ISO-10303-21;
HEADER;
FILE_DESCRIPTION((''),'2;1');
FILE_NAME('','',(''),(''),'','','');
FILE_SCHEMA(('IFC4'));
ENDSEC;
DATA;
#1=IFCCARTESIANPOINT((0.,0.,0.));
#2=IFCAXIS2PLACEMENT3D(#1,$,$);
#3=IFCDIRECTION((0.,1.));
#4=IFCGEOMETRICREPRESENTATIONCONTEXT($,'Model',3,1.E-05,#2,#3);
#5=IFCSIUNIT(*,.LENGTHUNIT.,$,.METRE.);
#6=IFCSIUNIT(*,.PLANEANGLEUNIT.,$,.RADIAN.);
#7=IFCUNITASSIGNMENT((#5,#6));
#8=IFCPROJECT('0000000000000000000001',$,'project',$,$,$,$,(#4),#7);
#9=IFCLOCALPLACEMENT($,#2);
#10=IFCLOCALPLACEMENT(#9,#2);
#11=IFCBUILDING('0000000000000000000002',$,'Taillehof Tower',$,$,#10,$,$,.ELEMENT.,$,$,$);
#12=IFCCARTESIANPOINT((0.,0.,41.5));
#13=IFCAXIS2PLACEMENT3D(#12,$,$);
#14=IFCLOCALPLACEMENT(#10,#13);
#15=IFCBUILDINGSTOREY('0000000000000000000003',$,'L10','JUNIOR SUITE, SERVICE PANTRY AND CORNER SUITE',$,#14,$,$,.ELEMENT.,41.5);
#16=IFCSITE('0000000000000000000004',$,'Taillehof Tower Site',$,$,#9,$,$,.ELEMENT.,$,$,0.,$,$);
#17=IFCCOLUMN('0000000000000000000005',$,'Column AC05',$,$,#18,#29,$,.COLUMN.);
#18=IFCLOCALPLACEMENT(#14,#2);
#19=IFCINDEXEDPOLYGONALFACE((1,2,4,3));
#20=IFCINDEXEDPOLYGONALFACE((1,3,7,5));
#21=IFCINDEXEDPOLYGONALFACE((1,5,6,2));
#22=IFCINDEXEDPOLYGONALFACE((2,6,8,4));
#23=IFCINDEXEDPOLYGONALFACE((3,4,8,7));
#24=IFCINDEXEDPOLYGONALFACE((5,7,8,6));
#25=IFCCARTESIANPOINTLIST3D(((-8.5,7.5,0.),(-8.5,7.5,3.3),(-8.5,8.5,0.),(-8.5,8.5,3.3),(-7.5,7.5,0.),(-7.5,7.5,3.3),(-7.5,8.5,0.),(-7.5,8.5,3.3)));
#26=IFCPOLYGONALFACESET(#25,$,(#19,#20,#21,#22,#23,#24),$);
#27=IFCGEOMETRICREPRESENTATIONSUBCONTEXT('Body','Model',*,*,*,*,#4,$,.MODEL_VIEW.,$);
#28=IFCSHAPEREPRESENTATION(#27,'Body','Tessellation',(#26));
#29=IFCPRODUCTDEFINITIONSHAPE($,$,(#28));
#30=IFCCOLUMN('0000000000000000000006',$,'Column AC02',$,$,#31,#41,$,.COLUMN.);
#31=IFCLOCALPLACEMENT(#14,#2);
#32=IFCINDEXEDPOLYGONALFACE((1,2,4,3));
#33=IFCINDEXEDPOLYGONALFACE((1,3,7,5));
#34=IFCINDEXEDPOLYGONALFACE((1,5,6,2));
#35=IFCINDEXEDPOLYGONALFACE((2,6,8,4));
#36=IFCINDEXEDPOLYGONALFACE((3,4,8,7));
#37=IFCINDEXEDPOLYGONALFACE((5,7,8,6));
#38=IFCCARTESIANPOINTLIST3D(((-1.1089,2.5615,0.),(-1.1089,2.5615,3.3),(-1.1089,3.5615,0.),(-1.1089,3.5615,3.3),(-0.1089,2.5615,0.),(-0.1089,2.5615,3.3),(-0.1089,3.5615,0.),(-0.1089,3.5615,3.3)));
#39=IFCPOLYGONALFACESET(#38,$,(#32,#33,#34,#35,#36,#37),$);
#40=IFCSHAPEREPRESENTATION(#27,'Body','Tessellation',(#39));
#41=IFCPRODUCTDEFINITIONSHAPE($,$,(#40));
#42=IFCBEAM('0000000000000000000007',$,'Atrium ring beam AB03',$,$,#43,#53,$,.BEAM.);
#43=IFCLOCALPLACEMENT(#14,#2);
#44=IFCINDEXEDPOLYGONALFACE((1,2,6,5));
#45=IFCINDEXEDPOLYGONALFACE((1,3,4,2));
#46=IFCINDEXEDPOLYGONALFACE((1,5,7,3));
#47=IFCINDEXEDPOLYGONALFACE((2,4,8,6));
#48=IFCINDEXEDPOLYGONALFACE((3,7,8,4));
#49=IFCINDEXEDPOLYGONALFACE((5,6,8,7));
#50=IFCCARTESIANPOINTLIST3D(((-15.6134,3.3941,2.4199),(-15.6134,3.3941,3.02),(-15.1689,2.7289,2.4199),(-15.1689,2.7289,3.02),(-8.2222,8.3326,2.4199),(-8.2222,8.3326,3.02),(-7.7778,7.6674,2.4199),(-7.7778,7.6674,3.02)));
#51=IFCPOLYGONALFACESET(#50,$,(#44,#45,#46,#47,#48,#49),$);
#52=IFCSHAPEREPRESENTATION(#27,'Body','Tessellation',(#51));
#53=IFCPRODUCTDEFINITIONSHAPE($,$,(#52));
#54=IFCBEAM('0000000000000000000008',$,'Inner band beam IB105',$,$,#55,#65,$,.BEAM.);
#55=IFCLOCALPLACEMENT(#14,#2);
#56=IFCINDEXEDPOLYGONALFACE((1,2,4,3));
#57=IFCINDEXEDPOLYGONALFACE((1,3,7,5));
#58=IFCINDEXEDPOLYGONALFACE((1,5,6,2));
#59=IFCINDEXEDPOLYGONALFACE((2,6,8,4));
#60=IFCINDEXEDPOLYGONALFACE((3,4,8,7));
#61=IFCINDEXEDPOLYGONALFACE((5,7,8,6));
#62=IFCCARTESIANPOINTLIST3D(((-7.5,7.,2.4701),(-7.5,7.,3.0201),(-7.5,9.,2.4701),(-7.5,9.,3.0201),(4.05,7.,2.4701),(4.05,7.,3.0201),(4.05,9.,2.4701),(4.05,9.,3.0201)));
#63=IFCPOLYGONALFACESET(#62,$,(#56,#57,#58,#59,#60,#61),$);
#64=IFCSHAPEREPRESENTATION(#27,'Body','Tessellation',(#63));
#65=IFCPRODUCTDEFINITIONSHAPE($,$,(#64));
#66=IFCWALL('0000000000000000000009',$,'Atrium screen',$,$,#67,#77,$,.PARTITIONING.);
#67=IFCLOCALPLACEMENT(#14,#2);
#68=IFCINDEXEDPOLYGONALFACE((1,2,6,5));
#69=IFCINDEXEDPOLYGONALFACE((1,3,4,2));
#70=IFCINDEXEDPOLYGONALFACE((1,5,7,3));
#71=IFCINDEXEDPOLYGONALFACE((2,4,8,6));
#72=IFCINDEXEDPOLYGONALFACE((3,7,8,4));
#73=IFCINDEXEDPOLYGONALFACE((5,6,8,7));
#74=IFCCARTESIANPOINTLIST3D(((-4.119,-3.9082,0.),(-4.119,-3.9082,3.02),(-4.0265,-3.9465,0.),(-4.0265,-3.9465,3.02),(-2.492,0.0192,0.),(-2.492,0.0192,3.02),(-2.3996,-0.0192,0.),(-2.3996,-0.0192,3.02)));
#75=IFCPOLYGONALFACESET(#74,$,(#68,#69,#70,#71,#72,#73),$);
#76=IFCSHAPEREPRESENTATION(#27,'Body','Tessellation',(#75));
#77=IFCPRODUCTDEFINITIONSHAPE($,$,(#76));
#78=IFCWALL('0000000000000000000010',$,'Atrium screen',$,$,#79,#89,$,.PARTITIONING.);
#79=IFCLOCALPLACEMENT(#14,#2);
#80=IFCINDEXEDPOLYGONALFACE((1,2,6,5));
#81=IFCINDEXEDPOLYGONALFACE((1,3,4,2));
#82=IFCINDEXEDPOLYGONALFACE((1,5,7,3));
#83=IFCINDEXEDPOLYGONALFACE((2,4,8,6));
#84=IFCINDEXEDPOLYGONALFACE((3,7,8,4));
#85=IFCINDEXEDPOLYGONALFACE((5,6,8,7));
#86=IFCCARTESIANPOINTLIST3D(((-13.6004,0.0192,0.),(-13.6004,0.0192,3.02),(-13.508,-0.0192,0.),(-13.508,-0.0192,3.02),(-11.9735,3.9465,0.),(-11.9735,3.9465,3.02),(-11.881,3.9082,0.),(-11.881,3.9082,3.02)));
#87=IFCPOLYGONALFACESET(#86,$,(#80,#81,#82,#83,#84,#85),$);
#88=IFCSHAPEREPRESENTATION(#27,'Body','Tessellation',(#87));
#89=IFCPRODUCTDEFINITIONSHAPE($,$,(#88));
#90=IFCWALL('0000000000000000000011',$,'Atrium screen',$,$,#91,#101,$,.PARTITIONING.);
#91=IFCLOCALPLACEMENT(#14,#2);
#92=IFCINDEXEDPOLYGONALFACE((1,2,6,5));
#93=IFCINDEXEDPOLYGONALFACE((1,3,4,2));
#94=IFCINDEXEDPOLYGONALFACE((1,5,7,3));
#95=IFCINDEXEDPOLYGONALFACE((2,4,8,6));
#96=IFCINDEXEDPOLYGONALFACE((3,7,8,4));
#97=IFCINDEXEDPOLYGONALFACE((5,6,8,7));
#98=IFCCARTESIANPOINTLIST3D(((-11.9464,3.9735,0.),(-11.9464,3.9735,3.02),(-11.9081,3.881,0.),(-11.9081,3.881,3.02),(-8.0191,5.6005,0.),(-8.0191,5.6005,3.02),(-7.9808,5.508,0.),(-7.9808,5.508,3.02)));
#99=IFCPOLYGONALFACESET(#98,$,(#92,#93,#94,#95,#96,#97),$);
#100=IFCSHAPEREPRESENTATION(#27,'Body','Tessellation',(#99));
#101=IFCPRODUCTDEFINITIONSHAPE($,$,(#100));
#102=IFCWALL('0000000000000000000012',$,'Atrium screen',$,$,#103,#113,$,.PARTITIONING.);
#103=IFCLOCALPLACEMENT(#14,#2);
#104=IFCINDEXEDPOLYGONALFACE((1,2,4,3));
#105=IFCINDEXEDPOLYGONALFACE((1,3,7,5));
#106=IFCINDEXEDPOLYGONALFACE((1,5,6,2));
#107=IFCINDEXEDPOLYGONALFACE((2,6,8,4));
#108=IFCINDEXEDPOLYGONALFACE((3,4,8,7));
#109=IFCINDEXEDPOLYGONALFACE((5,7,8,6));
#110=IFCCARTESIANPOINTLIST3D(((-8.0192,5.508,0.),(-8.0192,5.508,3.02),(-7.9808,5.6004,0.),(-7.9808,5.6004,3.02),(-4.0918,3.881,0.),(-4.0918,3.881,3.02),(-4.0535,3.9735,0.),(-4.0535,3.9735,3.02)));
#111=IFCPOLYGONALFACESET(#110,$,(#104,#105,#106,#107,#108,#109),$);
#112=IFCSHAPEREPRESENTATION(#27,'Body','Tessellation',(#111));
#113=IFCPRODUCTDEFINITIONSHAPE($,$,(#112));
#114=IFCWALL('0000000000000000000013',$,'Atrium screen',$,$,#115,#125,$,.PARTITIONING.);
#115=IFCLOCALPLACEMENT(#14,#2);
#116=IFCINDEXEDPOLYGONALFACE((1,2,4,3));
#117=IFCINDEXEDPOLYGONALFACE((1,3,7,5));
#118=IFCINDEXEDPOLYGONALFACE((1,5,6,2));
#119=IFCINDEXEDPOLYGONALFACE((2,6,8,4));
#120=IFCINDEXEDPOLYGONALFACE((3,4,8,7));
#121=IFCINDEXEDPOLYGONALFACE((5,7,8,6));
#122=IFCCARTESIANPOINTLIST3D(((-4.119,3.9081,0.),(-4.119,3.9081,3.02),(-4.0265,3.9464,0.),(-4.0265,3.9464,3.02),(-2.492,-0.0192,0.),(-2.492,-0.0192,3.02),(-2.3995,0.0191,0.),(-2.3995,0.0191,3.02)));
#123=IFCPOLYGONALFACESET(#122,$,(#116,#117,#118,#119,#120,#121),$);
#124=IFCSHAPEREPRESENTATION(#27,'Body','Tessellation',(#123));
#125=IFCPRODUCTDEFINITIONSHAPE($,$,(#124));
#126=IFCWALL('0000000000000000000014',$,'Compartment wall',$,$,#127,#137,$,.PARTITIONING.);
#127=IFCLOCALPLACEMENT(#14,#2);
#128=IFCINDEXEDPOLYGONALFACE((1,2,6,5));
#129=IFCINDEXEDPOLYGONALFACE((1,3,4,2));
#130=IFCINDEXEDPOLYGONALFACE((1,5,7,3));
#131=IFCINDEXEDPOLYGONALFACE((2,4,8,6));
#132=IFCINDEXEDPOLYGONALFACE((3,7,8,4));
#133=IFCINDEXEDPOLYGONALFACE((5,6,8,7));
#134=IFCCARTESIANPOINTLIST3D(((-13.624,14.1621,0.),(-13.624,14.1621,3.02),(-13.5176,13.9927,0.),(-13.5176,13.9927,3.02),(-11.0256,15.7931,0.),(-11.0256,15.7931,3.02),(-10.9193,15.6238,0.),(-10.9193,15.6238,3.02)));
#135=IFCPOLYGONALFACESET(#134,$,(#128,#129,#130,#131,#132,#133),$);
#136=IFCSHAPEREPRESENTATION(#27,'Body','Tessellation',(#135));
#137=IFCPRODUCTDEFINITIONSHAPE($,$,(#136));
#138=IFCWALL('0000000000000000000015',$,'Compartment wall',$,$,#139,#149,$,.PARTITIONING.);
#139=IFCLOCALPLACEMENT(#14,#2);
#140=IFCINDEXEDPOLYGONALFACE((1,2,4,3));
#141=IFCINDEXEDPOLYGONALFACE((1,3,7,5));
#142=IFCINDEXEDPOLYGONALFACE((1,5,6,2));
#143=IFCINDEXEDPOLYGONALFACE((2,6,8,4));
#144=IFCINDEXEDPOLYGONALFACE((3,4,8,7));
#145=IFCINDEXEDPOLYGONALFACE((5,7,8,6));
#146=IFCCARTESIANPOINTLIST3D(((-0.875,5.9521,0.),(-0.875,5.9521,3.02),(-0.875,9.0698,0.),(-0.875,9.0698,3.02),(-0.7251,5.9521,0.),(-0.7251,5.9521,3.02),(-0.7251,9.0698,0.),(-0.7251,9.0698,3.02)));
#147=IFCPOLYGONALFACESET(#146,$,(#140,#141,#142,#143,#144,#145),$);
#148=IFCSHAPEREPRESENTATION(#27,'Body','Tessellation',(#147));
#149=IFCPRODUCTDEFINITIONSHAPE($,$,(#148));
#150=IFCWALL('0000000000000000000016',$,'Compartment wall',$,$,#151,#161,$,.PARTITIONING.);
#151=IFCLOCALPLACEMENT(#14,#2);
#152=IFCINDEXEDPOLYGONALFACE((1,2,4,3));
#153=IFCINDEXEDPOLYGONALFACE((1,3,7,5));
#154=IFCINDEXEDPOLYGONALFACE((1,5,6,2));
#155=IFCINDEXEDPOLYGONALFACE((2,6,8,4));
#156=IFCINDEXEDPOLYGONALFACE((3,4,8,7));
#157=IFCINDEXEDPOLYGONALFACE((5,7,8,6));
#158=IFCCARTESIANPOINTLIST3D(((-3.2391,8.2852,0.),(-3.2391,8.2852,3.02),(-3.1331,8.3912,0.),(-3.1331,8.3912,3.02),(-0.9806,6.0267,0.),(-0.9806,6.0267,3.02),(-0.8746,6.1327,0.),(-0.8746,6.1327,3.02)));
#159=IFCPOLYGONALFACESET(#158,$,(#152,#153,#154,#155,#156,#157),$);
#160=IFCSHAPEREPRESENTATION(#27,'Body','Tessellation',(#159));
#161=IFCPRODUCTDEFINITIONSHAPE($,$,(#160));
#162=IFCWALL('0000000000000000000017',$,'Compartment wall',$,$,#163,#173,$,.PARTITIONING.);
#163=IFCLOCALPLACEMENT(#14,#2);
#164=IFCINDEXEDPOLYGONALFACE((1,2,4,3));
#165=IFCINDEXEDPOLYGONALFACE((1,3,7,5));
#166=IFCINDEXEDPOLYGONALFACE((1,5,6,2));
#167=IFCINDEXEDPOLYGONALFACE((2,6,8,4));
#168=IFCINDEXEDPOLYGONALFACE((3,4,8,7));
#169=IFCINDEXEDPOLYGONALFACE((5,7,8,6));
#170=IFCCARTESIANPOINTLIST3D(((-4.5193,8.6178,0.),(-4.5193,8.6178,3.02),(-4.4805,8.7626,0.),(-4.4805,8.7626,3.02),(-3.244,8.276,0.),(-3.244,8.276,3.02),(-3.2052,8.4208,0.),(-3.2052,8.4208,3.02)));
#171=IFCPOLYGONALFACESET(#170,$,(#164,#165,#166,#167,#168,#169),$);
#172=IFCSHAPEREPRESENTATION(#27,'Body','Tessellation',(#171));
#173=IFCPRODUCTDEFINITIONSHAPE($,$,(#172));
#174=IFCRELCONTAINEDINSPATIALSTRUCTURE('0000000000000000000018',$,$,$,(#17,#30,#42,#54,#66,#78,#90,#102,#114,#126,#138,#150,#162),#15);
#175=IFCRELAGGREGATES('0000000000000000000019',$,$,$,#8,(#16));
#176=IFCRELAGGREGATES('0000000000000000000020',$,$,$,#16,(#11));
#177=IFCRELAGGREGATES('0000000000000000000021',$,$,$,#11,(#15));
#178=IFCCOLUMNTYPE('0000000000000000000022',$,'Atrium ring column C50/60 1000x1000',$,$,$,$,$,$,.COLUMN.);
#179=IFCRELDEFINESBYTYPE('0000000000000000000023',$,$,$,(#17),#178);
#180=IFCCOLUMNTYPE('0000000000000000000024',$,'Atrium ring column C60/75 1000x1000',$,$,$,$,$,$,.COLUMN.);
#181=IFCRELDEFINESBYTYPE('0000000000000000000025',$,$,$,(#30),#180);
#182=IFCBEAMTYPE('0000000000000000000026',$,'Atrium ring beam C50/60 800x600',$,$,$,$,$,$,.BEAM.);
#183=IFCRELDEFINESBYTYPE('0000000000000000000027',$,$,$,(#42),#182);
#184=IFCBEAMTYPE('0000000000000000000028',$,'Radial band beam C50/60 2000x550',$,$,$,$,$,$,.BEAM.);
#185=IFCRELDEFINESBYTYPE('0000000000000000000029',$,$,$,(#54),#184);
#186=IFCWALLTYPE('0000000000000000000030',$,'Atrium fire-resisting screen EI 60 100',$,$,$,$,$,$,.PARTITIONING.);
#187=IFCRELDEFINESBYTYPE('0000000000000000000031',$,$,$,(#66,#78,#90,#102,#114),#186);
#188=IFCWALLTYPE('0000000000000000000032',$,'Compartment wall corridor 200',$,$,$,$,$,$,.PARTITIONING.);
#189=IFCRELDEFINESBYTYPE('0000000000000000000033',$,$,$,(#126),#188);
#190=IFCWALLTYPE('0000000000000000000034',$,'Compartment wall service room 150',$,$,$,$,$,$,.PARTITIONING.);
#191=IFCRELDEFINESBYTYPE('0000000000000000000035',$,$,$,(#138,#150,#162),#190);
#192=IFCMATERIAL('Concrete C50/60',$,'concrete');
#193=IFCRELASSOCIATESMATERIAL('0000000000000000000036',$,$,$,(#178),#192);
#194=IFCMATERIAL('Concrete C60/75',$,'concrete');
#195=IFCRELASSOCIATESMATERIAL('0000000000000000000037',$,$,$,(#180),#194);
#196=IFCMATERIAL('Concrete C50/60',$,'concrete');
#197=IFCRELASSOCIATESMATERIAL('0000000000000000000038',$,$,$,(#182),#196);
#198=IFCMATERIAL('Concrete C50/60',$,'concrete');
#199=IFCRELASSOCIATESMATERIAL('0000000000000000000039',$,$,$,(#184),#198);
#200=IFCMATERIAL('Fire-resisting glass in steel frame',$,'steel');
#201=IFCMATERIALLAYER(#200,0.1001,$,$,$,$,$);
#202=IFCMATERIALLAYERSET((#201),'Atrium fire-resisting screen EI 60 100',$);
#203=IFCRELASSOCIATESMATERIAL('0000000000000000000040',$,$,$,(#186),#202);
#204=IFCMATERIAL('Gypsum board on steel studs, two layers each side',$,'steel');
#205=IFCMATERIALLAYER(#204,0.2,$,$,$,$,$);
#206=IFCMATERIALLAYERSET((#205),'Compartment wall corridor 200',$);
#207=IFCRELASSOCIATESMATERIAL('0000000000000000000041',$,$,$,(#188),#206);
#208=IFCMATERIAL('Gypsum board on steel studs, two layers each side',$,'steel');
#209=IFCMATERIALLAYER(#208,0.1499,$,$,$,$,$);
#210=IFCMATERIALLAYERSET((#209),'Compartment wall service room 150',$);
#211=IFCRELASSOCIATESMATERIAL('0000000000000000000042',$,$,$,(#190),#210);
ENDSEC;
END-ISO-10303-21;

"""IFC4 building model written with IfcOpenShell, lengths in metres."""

from ifc_helpers import new_model, si_unit, direction, frame, frame_2d, origin, origin_2d, place, context, subcontext, project, spatial, rectangle, extrude, material, layer, layer_set, material_profile, profile_set, type_object, element, save


model = new_model("IFC4")

# Units and contexts
model_context = context("Model", 3, precision=1e-05, world=origin(), true_north=direction((0.0, 1.0)))
body_context = subcontext(model_context, "Body", "Model", "MODEL_VIEW")
ifc_project = project(units=[si_unit("LENGTHUNIT", "METRE"), si_unit("PLANEANGLEUNIT", "RADIAN")], contexts=[model_context])

# Site, building, storey
site_placement = place(None, origin())
site = spatial("IfcSite", under=ifc_project, at=site_placement, Name="Taillehof Tower Site", CompositionType="ELEMENT", RefElevation=0.0)
building_placement = place(site_placement, origin())
building = spatial("IfcBuilding", under=site, at=building_placement, Name="Taillehof Tower", CompositionType="ELEMENT")
storey_placement = place(building_placement, frame((0.0, 0.0, 41.5)))
storey = spatial("IfcBuildingStorey", under=building, at=storey_placement, Name="L10", Description="JUNIOR SUITE, SERVICE PANTRY AND CORNER SUITE", CompositionType="ELEMENT", Elevation=41.5)

# Columns
ifc_material_1 = material(Name="Concrete C50/60", Category="concrete")
ifc_material_profile_1 = material_profile(ifc_material_1, rectangle(XDim=1.0, YDim=1.0, at=origin_2d()), Name="RC 1000x1000")
ifc_profile_set_1 = profile_set([ifc_material_profile_1], Name="Concrete C50/60")
column_type_1 = type_object("IfcColumnType", Name="Atrium ring column C50/60 1000x1000", PredefinedType="COLUMN", material=ifc_profile_set_1)
column_1_placement = place(storey_placement, frame((-8.0, 8.0, 0.0), z_axis=(0.0, 0.0, 1.0), x_axis=(1.0, 0.0, 0.0)))
element("IfcColumn", 1, at=column_1_placement, inside=storey, type_object=column_type_1, Name="Column AC05", PredefinedType="COLUMN", context=body_context, shape_type="SweptSolid", body=[
    extrude(rectangle(XDim=1.0, YDim=1.0, at=origin_2d()), origin(), (0.0, 0.0, 1.0), 3.3),
])
ifc_material_2 = material(Name="Concrete C60/75", Category="concrete")
ifc_material_profile_2 = material_profile(ifc_material_2, rectangle(XDim=1.0, YDim=1.0, at=origin_2d()), Name="RC 1000x1000")
ifc_profile_set_2 = profile_set([ifc_material_profile_2], Name="Concrete C60/75")
column_type_2 = type_object("IfcColumnType", Name="Atrium ring column C60/75 1000x1000", PredefinedType="COLUMN", material=ifc_profile_set_2)
column_2_placement = place(storey_placement, frame((-0.6089, 3.0615, 0.0), z_axis=(0.0, 0.0, 1.0), x_axis=(1.0, 0.0, 0.0)))
element("IfcColumn", 2, at=column_2_placement, inside=storey, type_object=column_type_2, Name="Column AC02", PredefinedType="COLUMN", context=body_context, shape_type="SweptSolid", body=[
    extrude(rectangle(XDim=1.0, YDim=1.0, at=origin_2d()), origin(), (0.0, 0.0, 1.0), 3.3),
])

# Beams
ifc_material_3 = material(Name="Concrete C50/60", Category="concrete")
ifc_material_profile_3 = material_profile(ifc_material_3, rectangle(XDim=0.8, YDim=0.6001, at=origin_2d()), Name="RC 800x600")
ifc_profile_set_3 = profile_set([ifc_material_profile_3], Name="Concrete C50/60")
beam_type_1 = type_object("IfcBeamType", Name="Atrium ring beam C50/60 800x600", PredefinedType="BEAM", material=ifc_profile_set_3)
beam_1_placement = place(storey_placement, frame((-8.0, 8.0, 2.72), z_axis=(-0.831475, -0.555562, 0.0), x_axis=(0.555562, -0.831475, 0.0)))
element("IfcBeam", 3, at=beam_1_placement, inside=storey, type_object=beam_type_1, Name="Atrium ring beam AB03", PredefinedType="BEAM", context=body_context, shape_type="SweptSolid", body=[
    extrude(rectangle(XDim=0.8, YDim=0.6001, at=origin_2d()), origin(), (0.0, 0.0, 1.0), 8.8892),
])
ifc_material_4 = material(Name="Concrete C50/60", Category="concrete")
ifc_material_profile_4 = material_profile(ifc_material_4, rectangle(XDim=2.0, YDim=0.55, at=origin_2d()), Name="RC 2000x550")
ifc_profile_set_4 = profile_set([ifc_material_profile_4], Name="Concrete C50/60")
beam_type_2 = type_object("IfcBeamType", Name="Radial band beam C50/60 2000x550", PredefinedType="BEAM", material=ifc_profile_set_4)
beam_2_placement = place(storey_placement, frame((-7.5, 8.0, 2.7451), z_axis=(1.0, 0.0, 0.0), x_axis=(0.0, 1.0, 0.0)))
element("IfcBeam", 4, at=beam_2_placement, inside=storey, type_object=beam_type_2, Name="Inner band beam IB105", PredefinedType="BEAM", context=body_context, shape_type="SweptSolid", body=[
    extrude(rectangle(XDim=2.0, YDim=0.55, at=origin_2d()), origin(), (0.0, 0.0, 1.0), 11.55),
])

# Walls
ifc_material_5 = material(Name="Fire-resisting glass in steel frame", Category="steel")
ifc_layer_1 = layer(ifc_material_5, 0.1001)
ifc_layer_set_1 = layer_set([ifc_layer_1], Name="Atrium fire-resisting screen EI 60 100")
wall_type_1 = type_object("IfcWallType", Name="Atrium fire-resisting screen EI 60 100", PredefinedType="PARTITIONING", material=ifc_layer_set_1)
for number, where, z_axis, x_axis, name in (
    (5, (-2.4458, 0.0, 0.0), (0.0, 0.0, 1.0), (-0.382731, -0.92386, 0.0), "Atrium screen"),
    (6, (-13.5542, 0.0, 0.0), (0.0, 0.0, 1.0), (0.382731, 0.92386, 0.0), "Atrium screen"),
    (7, (-11.9272, 3.9272, 0.0), (0.0, 0.0, 1.0), (0.92386, 0.382731, 0.0), "Atrium screen"),
    (8, (-8.0, 5.5542, 0.0), (0.0, 0.0, 1.0), (0.92386, -0.382731, 0.0), "Atrium screen"),
    (9, (-4.0728, 3.9272, 0.0), (0.0, 0.0, 1.0), (0.382731, -0.92386, 0.0), "Atrium screen"),
):
    element("IfcWall", number, at=place(storey_placement, frame(where, z_axis=z_axis, x_axis=x_axis)), inside=storey, type_object=wall_type_1, Name=name, PredefinedType="PARTITIONING", context=body_context, shape_type="SweptSolid", body=[
        extrude(rectangle(XDim=4.251, YDim=0.1001, at=frame_2d((2.1255, 0.0))), origin(), (0.0, 0.0, 1.0), 3.02),
    ])
ifc_material_6 = material(Name="Gypsum board on steel studs, two layers each side", Category="steel")
ifc_layer_2 = layer(ifc_material_6, 0.2)
ifc_layer_set_2 = layer_set([ifc_layer_2], Name="Compartment wall corridor 200")
wall_type_2 = type_object("IfcWallType", Name="Compartment wall corridor 200", PredefinedType="PARTITIONING", material=ifc_layer_set_2)
wall_1_placement = place(storey_placement, frame((-13.5708, 14.0774, 0.0), z_axis=(0.0, 0.0, 1.0), x_axis=(0.846955, 0.531665, 0.0)))
element("IfcWall", 10, at=wall_1_placement, inside=storey, type_object=wall_type_2, Name="Compartment wall", PredefinedType="PARTITIONING", context=body_context, shape_type="SweptSolid", body=[
    extrude(rectangle(XDim=3.0679, YDim=0.2, at=frame_2d((1.5339, 0.0))), origin(), (0.0, 0.0, 1.0), 3.02),
])
ifc_material_7 = material(Name="Gypsum board on steel studs, two layers each side", Category="steel")
ifc_layer_3 = layer(ifc_material_7, 0.1499)
ifc_layer_set_3 = layer_set([ifc_layer_3], Name="Compartment wall service room 150")
wall_type_3 = type_object("IfcWallType", Name="Compartment wall service room 150", PredefinedType="PARTITIONING", material=ifc_layer_set_3)
wall_2_placement = place(storey_placement, frame((-0.8, 9.0698, 0.0), z_axis=(0.0, 0.0, 1.0), x_axis=(0.0, -1.0, 0.0)))
element("IfcWall", 11, at=wall_2_placement, inside=storey, type_object=wall_type_3, Name="Compartment wall", PredefinedType="PARTITIONING", context=body_context, shape_type="SweptSolid", body=[
    extrude(rectangle(XDim=3.1177, YDim=0.1499, at=frame_2d((1.5588, 0.0))), origin(), (0.0, 0.0, 1.0), 3.02),
])
wall_3_placement = place(storey_placement, frame((-0.9275, 6.0796, 0.0), z_axis=(0.0, 0.0, 1.0), x_axis=(-0.707107, 0.707107, 0.0)))
element("IfcWall", 12, at=wall_3_placement, inside=storey, type_object=wall_type_3, Name="Compartment wall", PredefinedType="PARTITIONING", context=body_context, shape_type="SweptSolid", body=[
    extrude(rectangle(XDim=3.1941, YDim=0.1499, at=frame_2d((1.5972, 0.0))), origin(), (0.0, 0.0, 1.0), 3.02),
])
wall_4_placement = place(storey_placement, frame((-3.2246, 8.3484, 0.0), z_axis=(0.0, 0.0, 1.0), x_axis=(-0.965915, 0.258859, 0.0)))
element("IfcWall", 13, at=wall_4_placement, inside=storey, type_object=wall_type_3, Name="Compartment wall", PredefinedType="PARTITIONING", context=body_context, shape_type="SweptSolid", body=[
    extrude(rectangle(XDim=1.3203, YDim=0.1499, at=frame_2d((0.6602, 0.0))), origin(), (0.0, 0.0, 1.0), 3.02),
])

save(model, "model.ifc")
